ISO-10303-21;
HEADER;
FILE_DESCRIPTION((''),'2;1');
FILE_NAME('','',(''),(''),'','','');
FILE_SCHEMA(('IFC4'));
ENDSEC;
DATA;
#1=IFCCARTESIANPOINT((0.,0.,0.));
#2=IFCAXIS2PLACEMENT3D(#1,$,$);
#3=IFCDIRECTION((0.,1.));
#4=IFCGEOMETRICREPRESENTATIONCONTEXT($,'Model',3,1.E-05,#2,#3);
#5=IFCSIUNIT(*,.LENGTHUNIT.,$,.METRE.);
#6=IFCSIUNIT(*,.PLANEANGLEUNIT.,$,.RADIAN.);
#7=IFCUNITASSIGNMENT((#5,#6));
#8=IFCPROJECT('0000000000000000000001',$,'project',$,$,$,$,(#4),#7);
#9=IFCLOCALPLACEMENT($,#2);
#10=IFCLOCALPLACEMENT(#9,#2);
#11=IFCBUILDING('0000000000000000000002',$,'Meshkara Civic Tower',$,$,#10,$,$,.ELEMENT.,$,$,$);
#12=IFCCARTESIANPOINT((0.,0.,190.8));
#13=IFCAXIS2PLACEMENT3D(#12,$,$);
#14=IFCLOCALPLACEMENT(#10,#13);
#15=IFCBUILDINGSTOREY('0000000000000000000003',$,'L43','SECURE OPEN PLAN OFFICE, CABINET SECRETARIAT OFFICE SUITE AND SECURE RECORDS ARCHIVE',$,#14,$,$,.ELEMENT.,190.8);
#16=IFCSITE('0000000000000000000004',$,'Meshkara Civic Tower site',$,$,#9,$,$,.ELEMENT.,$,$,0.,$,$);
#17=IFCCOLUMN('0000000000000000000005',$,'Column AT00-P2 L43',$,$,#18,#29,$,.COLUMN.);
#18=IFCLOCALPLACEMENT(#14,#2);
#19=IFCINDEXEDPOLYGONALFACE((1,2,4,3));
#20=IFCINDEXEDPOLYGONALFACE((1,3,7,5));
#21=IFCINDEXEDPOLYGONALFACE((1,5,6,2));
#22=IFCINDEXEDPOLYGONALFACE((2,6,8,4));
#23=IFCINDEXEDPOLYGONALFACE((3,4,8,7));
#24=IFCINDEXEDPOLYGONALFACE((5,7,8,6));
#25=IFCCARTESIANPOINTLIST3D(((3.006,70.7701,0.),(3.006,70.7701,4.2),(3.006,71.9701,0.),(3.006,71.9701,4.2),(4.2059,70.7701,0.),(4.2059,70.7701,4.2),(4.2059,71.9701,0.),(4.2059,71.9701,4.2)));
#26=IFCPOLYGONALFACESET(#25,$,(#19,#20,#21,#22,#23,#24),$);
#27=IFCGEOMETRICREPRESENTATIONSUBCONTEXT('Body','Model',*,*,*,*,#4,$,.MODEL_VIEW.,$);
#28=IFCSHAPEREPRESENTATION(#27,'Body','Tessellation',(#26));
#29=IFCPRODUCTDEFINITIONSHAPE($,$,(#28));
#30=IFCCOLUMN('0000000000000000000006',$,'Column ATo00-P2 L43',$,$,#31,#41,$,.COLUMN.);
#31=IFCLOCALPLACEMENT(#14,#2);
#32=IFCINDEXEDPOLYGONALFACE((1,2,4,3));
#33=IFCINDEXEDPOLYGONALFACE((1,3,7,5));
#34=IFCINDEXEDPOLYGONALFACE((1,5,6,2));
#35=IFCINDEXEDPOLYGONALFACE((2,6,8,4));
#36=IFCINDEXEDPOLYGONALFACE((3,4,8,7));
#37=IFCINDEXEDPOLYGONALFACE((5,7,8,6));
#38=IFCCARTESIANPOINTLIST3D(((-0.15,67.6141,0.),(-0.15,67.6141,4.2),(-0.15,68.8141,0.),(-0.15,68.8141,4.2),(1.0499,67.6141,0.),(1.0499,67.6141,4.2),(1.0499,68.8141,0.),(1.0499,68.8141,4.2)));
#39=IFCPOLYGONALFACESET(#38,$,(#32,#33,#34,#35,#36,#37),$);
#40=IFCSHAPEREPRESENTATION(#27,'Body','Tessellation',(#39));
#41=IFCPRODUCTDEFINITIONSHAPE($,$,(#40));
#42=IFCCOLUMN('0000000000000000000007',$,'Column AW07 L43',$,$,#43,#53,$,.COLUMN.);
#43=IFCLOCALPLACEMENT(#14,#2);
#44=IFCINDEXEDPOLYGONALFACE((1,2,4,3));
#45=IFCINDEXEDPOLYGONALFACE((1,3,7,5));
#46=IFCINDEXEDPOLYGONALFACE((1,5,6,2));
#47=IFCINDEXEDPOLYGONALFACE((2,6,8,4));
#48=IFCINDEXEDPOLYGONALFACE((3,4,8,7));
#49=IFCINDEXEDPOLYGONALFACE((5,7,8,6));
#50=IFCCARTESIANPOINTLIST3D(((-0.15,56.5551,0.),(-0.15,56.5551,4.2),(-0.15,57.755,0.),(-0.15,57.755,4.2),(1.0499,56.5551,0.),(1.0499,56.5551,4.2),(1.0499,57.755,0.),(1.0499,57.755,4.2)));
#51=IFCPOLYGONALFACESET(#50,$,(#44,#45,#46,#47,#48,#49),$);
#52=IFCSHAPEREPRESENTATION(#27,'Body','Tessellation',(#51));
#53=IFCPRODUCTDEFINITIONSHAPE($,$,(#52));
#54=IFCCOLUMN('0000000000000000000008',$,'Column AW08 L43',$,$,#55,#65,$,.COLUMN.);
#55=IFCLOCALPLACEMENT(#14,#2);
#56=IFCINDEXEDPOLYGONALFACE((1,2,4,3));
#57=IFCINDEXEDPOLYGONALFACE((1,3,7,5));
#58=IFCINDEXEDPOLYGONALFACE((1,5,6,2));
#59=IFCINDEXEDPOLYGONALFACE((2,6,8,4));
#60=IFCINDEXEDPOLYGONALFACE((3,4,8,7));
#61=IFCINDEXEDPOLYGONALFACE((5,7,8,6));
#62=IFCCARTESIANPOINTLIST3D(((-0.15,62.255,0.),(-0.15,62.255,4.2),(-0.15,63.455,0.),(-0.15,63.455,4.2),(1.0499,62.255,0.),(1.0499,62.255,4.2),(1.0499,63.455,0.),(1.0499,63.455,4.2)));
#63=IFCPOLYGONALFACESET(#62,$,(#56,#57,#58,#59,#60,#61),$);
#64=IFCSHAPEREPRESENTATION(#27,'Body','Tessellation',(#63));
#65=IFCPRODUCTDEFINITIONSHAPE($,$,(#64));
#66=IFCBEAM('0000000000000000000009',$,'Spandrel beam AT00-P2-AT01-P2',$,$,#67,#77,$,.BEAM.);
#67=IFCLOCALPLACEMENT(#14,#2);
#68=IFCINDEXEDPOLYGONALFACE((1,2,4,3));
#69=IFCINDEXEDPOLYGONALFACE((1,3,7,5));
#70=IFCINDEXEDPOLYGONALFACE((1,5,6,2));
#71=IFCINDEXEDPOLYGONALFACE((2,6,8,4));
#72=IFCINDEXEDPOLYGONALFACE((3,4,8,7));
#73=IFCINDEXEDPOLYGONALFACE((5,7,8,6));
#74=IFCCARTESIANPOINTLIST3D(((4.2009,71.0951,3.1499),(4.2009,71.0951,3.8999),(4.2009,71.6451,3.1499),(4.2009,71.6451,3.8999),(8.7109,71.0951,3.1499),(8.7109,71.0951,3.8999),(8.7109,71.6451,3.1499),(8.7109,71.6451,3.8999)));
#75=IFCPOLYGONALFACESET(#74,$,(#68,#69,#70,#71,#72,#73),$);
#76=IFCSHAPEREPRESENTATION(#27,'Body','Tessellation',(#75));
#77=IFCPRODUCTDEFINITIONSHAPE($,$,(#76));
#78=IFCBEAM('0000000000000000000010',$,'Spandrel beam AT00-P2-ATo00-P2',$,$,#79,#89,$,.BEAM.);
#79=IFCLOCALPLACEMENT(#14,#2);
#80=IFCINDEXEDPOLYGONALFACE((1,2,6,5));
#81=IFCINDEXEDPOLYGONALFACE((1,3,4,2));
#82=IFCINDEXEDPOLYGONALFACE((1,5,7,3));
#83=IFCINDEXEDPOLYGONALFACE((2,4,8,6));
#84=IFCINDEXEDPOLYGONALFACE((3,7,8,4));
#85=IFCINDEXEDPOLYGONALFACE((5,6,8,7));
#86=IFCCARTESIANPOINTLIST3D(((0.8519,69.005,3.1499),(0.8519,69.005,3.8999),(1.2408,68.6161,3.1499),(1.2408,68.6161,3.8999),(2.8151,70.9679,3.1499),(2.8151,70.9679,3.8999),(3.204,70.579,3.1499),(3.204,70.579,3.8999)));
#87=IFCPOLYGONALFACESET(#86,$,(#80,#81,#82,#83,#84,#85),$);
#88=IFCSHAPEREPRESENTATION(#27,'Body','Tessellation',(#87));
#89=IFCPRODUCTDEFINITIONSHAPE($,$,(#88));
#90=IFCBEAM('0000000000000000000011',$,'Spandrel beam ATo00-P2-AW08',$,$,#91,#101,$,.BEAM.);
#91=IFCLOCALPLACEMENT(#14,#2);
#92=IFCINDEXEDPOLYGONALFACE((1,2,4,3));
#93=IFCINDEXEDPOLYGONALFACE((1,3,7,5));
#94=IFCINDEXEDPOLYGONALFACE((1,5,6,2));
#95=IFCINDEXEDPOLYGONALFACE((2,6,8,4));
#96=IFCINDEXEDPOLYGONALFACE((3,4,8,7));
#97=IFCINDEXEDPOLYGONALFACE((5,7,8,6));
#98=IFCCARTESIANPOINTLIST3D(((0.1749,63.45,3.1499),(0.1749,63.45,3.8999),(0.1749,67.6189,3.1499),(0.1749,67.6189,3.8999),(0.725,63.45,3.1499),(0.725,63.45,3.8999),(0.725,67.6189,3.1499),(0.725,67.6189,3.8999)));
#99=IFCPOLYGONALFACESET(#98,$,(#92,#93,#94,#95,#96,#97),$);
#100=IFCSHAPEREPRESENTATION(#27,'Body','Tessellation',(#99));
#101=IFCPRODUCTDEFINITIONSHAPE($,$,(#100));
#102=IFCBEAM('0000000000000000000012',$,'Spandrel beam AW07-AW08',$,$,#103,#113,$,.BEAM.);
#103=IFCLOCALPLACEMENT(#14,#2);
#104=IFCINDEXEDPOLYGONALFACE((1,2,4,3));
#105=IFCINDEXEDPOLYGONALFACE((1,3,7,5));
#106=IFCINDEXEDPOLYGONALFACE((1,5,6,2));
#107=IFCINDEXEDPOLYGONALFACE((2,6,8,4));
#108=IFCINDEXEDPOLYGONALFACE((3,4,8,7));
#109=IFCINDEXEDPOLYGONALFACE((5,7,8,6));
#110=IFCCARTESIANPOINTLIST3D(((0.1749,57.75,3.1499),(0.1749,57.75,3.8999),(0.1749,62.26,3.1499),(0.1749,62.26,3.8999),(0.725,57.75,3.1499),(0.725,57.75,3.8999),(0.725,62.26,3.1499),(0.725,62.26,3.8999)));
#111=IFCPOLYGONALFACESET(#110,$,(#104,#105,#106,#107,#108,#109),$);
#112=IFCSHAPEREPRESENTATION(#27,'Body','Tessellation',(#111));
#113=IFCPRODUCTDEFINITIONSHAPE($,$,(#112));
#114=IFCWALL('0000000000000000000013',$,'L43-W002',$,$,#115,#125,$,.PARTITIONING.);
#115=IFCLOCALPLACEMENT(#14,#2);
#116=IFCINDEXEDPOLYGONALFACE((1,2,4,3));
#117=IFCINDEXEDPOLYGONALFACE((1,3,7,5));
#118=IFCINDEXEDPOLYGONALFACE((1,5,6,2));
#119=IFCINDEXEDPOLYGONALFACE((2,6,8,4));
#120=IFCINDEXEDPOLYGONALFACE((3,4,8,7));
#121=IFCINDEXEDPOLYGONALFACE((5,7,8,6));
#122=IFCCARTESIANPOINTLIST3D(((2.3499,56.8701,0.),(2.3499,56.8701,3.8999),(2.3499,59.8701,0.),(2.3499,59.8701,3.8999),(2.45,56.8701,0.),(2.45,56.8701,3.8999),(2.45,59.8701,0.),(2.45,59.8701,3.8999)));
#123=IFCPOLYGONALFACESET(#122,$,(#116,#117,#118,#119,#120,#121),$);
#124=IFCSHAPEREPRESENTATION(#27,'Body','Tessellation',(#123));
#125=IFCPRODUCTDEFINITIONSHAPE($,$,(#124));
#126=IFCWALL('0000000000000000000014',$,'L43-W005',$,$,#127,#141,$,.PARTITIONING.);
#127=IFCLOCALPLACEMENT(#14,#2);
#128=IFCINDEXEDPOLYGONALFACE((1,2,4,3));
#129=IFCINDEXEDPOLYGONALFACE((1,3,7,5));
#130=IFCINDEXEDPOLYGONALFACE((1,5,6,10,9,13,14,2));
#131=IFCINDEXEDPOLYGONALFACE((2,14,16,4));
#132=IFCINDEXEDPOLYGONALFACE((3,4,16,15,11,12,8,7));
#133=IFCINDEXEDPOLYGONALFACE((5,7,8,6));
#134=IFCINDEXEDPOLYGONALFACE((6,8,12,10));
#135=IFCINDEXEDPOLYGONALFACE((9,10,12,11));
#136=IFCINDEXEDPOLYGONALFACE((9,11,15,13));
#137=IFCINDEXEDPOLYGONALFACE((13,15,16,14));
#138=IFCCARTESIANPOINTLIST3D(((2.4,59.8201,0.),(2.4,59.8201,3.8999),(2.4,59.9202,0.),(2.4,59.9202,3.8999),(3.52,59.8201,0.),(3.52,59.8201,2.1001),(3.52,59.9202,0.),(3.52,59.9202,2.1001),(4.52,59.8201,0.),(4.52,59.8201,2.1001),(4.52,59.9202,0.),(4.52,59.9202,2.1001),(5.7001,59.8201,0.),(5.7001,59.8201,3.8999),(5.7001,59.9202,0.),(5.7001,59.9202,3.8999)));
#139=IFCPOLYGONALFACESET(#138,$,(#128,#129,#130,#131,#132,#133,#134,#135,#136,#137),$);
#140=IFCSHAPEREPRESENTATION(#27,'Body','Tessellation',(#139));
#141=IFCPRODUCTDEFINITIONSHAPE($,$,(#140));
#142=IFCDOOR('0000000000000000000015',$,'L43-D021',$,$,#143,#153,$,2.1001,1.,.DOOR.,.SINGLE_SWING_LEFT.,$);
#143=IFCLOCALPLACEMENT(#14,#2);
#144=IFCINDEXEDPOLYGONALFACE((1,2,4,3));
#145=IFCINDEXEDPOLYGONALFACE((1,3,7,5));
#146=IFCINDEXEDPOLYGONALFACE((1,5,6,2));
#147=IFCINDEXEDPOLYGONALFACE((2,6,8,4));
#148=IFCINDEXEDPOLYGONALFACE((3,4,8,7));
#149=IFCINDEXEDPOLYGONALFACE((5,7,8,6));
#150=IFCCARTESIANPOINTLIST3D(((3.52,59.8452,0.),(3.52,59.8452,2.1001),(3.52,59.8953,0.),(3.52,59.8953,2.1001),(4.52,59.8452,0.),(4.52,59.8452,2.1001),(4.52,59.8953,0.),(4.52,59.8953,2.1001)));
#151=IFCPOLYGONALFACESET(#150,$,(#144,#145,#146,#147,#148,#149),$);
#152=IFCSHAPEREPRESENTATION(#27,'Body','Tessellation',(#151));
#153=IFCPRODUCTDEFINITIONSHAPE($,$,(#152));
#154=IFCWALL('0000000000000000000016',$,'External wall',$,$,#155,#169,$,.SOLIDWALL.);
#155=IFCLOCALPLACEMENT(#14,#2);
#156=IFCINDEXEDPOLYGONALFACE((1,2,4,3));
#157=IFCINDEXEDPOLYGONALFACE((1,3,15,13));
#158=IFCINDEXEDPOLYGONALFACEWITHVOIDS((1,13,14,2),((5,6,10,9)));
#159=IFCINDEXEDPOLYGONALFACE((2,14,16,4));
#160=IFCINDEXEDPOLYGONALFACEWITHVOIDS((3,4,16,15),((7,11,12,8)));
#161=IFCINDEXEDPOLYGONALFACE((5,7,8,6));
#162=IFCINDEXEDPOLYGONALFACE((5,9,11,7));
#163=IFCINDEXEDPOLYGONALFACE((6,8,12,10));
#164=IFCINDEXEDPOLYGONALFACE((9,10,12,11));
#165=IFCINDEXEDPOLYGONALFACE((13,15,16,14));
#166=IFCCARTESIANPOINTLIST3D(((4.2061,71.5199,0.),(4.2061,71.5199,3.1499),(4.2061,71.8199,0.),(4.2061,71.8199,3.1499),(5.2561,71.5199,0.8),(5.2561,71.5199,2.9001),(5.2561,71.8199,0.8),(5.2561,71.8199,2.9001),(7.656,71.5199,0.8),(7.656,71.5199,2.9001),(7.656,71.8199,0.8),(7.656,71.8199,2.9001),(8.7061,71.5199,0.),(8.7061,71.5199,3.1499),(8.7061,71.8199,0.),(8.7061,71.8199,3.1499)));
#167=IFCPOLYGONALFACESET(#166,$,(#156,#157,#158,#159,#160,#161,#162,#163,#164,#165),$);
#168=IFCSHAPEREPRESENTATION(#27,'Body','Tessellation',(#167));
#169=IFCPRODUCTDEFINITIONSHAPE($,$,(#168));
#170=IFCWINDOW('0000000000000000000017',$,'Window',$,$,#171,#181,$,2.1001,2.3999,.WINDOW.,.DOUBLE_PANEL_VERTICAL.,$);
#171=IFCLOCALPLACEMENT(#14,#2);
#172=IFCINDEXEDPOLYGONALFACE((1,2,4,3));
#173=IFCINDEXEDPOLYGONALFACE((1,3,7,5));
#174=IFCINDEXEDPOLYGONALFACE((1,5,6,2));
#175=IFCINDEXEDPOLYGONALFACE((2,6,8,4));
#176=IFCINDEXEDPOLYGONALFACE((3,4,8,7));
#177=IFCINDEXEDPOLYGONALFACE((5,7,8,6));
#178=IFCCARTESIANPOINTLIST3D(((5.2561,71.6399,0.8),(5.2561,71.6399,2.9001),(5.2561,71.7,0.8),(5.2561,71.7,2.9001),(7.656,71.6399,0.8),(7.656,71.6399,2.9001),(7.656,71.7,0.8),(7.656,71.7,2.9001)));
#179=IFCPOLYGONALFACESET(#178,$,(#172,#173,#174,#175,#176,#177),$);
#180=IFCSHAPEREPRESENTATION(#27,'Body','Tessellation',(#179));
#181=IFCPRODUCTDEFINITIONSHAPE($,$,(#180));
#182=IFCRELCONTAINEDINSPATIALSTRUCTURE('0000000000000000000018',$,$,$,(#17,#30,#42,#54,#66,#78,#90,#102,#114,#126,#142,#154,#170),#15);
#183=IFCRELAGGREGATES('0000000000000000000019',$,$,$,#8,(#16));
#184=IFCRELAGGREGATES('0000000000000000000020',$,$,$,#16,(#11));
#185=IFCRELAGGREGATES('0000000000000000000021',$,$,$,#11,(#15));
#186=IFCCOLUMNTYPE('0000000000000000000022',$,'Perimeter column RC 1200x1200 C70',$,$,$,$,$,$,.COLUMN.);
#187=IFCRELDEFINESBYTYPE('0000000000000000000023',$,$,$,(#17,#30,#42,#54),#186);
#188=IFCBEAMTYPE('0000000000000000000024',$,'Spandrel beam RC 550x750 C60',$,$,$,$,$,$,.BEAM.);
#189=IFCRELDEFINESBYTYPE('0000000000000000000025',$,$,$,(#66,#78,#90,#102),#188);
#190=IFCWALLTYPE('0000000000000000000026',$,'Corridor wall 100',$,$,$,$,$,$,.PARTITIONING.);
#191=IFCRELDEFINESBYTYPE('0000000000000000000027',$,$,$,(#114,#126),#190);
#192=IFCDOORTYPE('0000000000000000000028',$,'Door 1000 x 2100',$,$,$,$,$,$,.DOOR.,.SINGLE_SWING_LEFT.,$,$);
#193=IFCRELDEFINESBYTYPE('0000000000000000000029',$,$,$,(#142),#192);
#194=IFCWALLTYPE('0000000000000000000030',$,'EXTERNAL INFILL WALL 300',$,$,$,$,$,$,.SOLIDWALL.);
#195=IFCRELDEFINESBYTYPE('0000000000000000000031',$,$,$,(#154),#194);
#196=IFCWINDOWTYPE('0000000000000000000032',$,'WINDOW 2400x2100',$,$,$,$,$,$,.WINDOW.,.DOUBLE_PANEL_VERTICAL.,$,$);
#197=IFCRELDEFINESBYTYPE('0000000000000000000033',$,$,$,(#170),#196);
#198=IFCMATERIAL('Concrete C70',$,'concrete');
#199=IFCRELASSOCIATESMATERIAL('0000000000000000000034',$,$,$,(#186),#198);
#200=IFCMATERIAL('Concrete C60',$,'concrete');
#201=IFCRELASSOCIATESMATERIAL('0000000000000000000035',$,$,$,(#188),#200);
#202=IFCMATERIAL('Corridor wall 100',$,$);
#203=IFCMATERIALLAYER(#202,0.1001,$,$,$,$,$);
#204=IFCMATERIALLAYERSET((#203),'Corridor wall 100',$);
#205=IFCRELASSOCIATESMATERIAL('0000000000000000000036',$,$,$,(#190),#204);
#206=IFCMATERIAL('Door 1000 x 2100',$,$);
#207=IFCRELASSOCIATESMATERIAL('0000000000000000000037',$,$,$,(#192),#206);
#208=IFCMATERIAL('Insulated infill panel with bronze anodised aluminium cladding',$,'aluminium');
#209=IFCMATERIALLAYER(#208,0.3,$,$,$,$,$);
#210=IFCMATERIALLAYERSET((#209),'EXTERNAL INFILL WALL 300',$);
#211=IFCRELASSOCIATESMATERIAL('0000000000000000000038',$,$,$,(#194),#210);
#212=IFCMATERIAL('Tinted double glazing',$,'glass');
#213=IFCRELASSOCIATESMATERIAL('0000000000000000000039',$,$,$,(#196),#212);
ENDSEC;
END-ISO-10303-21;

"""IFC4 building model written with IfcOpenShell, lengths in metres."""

from ifc_helpers import new_model, si_unit, direction, frame, frame_2d, origin, origin_2d, place, context, subcontext, project, spatial, rectangle, extrude, material, layer, layer_set, material_profile, profile_set, type_object, element, fill, save


model = new_model("IFC4")

# Units and contexts
model_context = context("Model", 3, precision=1e-05, world=origin(), true_north=direction((0.0, 1.0)))
body_context = subcontext(model_context, "Body", "Model", "MODEL_VIEW")
ifc_project = project(units=[si_unit("LENGTHUNIT", "METRE"), si_unit("PLANEANGLEUNIT", "RADIAN")], contexts=[model_context])

# Site, building, storey
site_placement = place(None, origin())
site = spatial("IfcSite", under=ifc_project, at=site_placement, Name="Meshkara Civic Tower site", CompositionType="ELEMENT", RefElevation=0.0)
building_placement = place(site_placement, origin())
building = spatial("IfcBuilding", under=site, at=building_placement, Name="Meshkara Civic Tower", CompositionType="ELEMENT")
storey_placement = place(building_placement, frame((0.0, 0.0, 190.8)))
storey = spatial("IfcBuildingStorey", under=building, at=storey_placement, Name="L43", Description="SECURE OPEN PLAN OFFICE, CABINET SECRETARIAT OFFICE SUITE AND SECURE RECORDS ARCHIVE", CompositionType="ELEMENT", Elevation=190.8)

# Columns
ifc_material_1 = material(Name="Concrete C70", Category="concrete")
ifc_material_profile_1 = material_profile(ifc_material_1, rectangle(XDim=1.2, YDim=1.2, at=origin_2d()))
ifc_profile_set_1 = profile_set([ifc_material_profile_1], Name="Concrete C70")
column_type = type_object("IfcColumnType", Name="Perimeter column RC 1200x1200 C70", PredefinedType="COLUMN", material=ifc_profile_set_1)
for number, where, z_axis, x_axis, name in (
    (1, (3.606, 71.3701, 0.0), (0.0, 0.0, 1.0), (1.0, 0.0, 0.0), "Column AT00-P2 L43"),
    (2, (0.45, 68.2141, 0.0), (0.0, 0.0, 1.0), (1.0, 0.0, 0.0), "Column ATo00-P2 L43"),
    (3, (0.45, 57.155, 0.0), (0.0, 0.0, 1.0), (1.0, 0.0, 0.0), "Column AW07 L43"),
    (4, (0.45, 62.855, 0.0), (0.0, 0.0, 1.0), (1.0, 0.0, 0.0), "Column AW08 L43"),
):
    element("IfcColumn", number, at=place(storey_placement, frame(where, z_axis=z_axis, x_axis=x_axis)), inside=storey, type_object=column_type, Name=name, PredefinedType="COLUMN", context=body_context, shape_type="SweptSolid", body=[
        extrude(rectangle(XDim=1.2, YDim=1.2, at=origin_2d()), origin(), (0.0, 0.0, 1.0), 4.2),
    ])

# Beams
ifc_material_2 = material(Name="Concrete C60", Category="concrete")
ifc_material_profile_2 = material_profile(ifc_material_2, rectangle(XDim=0.55, YDim=0.75, at=origin_2d()))
ifc_profile_set_2 = profile_set([ifc_material_profile_2], Name="Concrete C60")
beam_type = type_object("IfcBeamType", Name="Spandrel beam RC 550x750 C60", PredefinedType="BEAM", material=ifc_profile_set_2)
beam_1_placement = place(storey_placement, frame((8.7109, 71.3701, 3.5249), z_axis=(-1.0, 0.0, 0.0), x_axis=(0.0, -1.0, 0.0)))
element("IfcBeam", 5, at=beam_1_placement, inside=storey, type_object=beam_type, Name="Spandrel beam AT00-P2-AT01-P2", PredefinedType="BEAM", context=body_context, shape_type="SweptSolid", body=[
    extrude(rectangle(XDim=0.55, YDim=0.75, at=origin_2d()), origin(), (0.0, 0.0, 1.0), 4.51),
])
beam_2_placement = place(storey_placement, frame((3.0095, 70.7734, 3.5249), z_axis=(-0.707151, -0.707063, 0.0), x_axis=(0.707063, -0.707151, 0.0)))
element("IfcBeam", 6, at=beam_2_placement, inside=storey, type_object=beam_type, Name="Spandrel beam AT00-P2-ATo00-P2", PredefinedType="BEAM", context=body_context, shape_type="SweptSolid", body=[
    extrude(rectangle(XDim=0.55, YDim=0.75, at=origin_2d()), origin(), (0.0, 0.0, 1.0), 2.7761),
])
beam_3_placement = place(storey_placement, frame((0.45, 67.6189, 3.5249), z_axis=(0.0, -1.0, 0.0), x_axis=(1.0, 0.0, 0.0)))
element("IfcBeam", 7, at=beam_3_placement, inside=storey, type_object=beam_type, Name="Spandrel beam ATo00-P2-AW08", PredefinedType="BEAM", context=body_context, shape_type="SweptSolid", body=[
    extrude(rectangle(XDim=0.55, YDim=0.75, at=origin_2d()), origin(), (0.0, 0.0, 1.0), 4.1689),
])
beam_4_placement = place(storey_placement, frame((0.45, 62.26, 3.5249), z_axis=(0.0, -1.0, 0.0), x_axis=(1.0, 0.0, 0.0)))
element("IfcBeam", 8, at=beam_4_placement, inside=storey, type_object=beam_type, Name="Spandrel beam AW07-AW08", PredefinedType="BEAM", context=body_context, shape_type="SweptSolid", body=[
    extrude(rectangle(XDim=0.55, YDim=0.75, at=origin_2d()), origin(), (0.0, 0.0, 1.0), 4.51),
])

# Wall
ifc_material_3 = material(Name="Corridor wall 100")
ifc_layer_1 = layer(ifc_material_3, 0.1001)
ifc_layer_set_1 = layer_set([ifc_layer_1], Name="Corridor wall 100")
wall_type_1 = type_object("IfcWallType", Name="Corridor wall 100", PredefinedType="PARTITIONING", material=ifc_layer_set_1)
wall_1_placement = place(storey_placement, frame((2.3999, 59.8701, 0.0), z_axis=(0.0, 0.0, 1.0), x_axis=(0.0, -1.0, 0.0)))
element("IfcWall", 9, at=wall_1_placement, inside=storey, type_object=wall_type_1, Name="L43-W002", PredefinedType="PARTITIONING", context=body_context, shape_type="SweptSolid", body=[
    extrude(rectangle(XDim=3.0, YDim=0.1001, at=frame_2d((1.5, 0.0))), origin(), (0.0, 0.0, 1.0), 3.8999),
])

# Wall, opening, door
wall_2_placement = place(storey_placement, frame((5.7, 59.8701, 0.0), z_axis=(0.0, 0.0, 1.0), x_axis=(-1.0, 0.0, 0.0)))
wall_2 = element("IfcWall", 10, at=wall_2_placement, inside=storey, type_object=wall_type_1, Name="L43-W005", PredefinedType="PARTITIONING", context=body_context, shape_type="SweptSolid", body=[
    extrude(rectangle(XDim=3.3, YDim=0.1001, at=frame_2d((1.6499, 0.0))), origin(), (0.0, 0.0, 1.0), 3.8999),
])
opening_1_placement = place(wall_2_placement, frame((1.1799, 0.0, 0.0)))
opening_1 = element("IfcOpeningElement", 11, at=opening_1_placement, cuts=wall_2, PredefinedType="OPENING", context=body_context, shape_type="SweptSolid", body=[
    extrude(rectangle(XDim=1.0, YDim=2.1001, at=frame_2d((0.5, 1.05))), frame((0.0, 0.0601, 0.0), z_axis=(0.0, -1.0, 0.0), x_axis=(1.0, 0.0, 0.0)), (0.0, 0.0, 1.0), 0.1201),
])
ifc_material_4 = material(Name="Door 1000 x 2100")
door_type_1 = type_object("IfcDoorType", Name="Door 1000 x 2100", OperationType="SINGLE_SWING_LEFT", PredefinedType="DOOR", material=ifc_material_4)
door_1_placement = place(opening_1_placement, origin())
door_1 = element("IfcDoor", 12, at=door_1_placement, inside=storey, type_object=door_type_1, Name="L43-D021", OperationType="SINGLE_SWING_LEFT", OverallHeight=2.1001, OverallWidth=1.0, PredefinedType="DOOR", context=body_context, shape_type="SweptSolid", body=[
    extrude(rectangle(XDim=1.0, YDim=2.1001, at=frame_2d((0.5, 1.05))), frame((0.0, 0.0249, 0.0), z_axis=(0.0, -1.0, 0.0), x_axis=(1.0, 0.0, 0.0)), (0.0, 0.0, 1.0), 0.05),
])
fill(opening_1, door_1)

# Wall, opening, window
ifc_material_5 = material(Name="Insulated infill panel with bronze anodised aluminium cladding", Category="aluminium")
ifc_layer_2 = layer(ifc_material_5, 0.3)
ifc_layer_set_2 = layer_set([ifc_layer_2], Name="EXTERNAL INFILL WALL 300")
wall_type_2 = type_object("IfcWallType", Name="EXTERNAL INFILL WALL 300", PredefinedType="SOLIDWALL", material=ifc_layer_set_2)
wall_3_placement = place(storey_placement, frame((8.7061, 71.6699, 0.0), z_axis=(0.0, 0.0, 1.0), x_axis=(-1.0, 0.0, 0.0)))
wall_3 = element("IfcWall", 13, at=wall_3_placement, inside=storey, type_object=wall_type_2, Name="External wall", PredefinedType="SOLIDWALL", context=body_context, shape_type="SweptSolid", body=[
    extrude(rectangle(XDim=4.5, YDim=0.3, at=frame_2d((2.25, 0.0))), origin(), (0.0, 0.0, 1.0), 3.1499),
])
opening_2_placement = place(wall_3_placement, frame((1.05, 0.0, 0.8)))
opening_2 = element("IfcOpeningElement", 14, at=opening_2_placement, cuts=wall_3, PredefinedType="OPENING", context=body_context, shape_type="SweptSolid", body=[
    extrude(rectangle(XDim=2.3999, YDim=2.1001, at=frame_2d((1.2, 1.05))), frame((0.0, 0.1599, 0.0), z_axis=(0.0, -1.0, 0.0), x_axis=(1.0, 0.0, 0.0)), (0.0, 0.0, 1.0), 0.3201),
])
ifc_material_6 = material(Name="Tinted double glazing", Category="glass")
window_type_1 = type_object("IfcWindowType", Name="WINDOW 2400x2100", PartitioningType="DOUBLE_PANEL_VERTICAL", PredefinedType="WINDOW", material=ifc_material_6)
window_1_placement = place(opening_2_placement, origin())
window_1 = element("IfcWindow", 15, at=window_1_placement, inside=storey, type_object=window_type_1, Name="Window", OverallHeight=2.1001, OverallWidth=2.3999, PartitioningType="DOUBLE_PANEL_VERTICAL", PredefinedType="WINDOW", context=body_context, shape_type="SweptSolid", body=[
    extrude(rectangle(XDim=2.3999, YDim=2.1001, at=frame_2d((1.2, 1.05))), frame((0.0, 0.03, 0.0), z_axis=(0.0, -1.0, 0.0), x_axis=(1.0, 0.0, 0.0)), (0.0, 0.0, 1.0), 0.0601),
])
fill(opening_2, window_1)

save(model, "model.ifc")
